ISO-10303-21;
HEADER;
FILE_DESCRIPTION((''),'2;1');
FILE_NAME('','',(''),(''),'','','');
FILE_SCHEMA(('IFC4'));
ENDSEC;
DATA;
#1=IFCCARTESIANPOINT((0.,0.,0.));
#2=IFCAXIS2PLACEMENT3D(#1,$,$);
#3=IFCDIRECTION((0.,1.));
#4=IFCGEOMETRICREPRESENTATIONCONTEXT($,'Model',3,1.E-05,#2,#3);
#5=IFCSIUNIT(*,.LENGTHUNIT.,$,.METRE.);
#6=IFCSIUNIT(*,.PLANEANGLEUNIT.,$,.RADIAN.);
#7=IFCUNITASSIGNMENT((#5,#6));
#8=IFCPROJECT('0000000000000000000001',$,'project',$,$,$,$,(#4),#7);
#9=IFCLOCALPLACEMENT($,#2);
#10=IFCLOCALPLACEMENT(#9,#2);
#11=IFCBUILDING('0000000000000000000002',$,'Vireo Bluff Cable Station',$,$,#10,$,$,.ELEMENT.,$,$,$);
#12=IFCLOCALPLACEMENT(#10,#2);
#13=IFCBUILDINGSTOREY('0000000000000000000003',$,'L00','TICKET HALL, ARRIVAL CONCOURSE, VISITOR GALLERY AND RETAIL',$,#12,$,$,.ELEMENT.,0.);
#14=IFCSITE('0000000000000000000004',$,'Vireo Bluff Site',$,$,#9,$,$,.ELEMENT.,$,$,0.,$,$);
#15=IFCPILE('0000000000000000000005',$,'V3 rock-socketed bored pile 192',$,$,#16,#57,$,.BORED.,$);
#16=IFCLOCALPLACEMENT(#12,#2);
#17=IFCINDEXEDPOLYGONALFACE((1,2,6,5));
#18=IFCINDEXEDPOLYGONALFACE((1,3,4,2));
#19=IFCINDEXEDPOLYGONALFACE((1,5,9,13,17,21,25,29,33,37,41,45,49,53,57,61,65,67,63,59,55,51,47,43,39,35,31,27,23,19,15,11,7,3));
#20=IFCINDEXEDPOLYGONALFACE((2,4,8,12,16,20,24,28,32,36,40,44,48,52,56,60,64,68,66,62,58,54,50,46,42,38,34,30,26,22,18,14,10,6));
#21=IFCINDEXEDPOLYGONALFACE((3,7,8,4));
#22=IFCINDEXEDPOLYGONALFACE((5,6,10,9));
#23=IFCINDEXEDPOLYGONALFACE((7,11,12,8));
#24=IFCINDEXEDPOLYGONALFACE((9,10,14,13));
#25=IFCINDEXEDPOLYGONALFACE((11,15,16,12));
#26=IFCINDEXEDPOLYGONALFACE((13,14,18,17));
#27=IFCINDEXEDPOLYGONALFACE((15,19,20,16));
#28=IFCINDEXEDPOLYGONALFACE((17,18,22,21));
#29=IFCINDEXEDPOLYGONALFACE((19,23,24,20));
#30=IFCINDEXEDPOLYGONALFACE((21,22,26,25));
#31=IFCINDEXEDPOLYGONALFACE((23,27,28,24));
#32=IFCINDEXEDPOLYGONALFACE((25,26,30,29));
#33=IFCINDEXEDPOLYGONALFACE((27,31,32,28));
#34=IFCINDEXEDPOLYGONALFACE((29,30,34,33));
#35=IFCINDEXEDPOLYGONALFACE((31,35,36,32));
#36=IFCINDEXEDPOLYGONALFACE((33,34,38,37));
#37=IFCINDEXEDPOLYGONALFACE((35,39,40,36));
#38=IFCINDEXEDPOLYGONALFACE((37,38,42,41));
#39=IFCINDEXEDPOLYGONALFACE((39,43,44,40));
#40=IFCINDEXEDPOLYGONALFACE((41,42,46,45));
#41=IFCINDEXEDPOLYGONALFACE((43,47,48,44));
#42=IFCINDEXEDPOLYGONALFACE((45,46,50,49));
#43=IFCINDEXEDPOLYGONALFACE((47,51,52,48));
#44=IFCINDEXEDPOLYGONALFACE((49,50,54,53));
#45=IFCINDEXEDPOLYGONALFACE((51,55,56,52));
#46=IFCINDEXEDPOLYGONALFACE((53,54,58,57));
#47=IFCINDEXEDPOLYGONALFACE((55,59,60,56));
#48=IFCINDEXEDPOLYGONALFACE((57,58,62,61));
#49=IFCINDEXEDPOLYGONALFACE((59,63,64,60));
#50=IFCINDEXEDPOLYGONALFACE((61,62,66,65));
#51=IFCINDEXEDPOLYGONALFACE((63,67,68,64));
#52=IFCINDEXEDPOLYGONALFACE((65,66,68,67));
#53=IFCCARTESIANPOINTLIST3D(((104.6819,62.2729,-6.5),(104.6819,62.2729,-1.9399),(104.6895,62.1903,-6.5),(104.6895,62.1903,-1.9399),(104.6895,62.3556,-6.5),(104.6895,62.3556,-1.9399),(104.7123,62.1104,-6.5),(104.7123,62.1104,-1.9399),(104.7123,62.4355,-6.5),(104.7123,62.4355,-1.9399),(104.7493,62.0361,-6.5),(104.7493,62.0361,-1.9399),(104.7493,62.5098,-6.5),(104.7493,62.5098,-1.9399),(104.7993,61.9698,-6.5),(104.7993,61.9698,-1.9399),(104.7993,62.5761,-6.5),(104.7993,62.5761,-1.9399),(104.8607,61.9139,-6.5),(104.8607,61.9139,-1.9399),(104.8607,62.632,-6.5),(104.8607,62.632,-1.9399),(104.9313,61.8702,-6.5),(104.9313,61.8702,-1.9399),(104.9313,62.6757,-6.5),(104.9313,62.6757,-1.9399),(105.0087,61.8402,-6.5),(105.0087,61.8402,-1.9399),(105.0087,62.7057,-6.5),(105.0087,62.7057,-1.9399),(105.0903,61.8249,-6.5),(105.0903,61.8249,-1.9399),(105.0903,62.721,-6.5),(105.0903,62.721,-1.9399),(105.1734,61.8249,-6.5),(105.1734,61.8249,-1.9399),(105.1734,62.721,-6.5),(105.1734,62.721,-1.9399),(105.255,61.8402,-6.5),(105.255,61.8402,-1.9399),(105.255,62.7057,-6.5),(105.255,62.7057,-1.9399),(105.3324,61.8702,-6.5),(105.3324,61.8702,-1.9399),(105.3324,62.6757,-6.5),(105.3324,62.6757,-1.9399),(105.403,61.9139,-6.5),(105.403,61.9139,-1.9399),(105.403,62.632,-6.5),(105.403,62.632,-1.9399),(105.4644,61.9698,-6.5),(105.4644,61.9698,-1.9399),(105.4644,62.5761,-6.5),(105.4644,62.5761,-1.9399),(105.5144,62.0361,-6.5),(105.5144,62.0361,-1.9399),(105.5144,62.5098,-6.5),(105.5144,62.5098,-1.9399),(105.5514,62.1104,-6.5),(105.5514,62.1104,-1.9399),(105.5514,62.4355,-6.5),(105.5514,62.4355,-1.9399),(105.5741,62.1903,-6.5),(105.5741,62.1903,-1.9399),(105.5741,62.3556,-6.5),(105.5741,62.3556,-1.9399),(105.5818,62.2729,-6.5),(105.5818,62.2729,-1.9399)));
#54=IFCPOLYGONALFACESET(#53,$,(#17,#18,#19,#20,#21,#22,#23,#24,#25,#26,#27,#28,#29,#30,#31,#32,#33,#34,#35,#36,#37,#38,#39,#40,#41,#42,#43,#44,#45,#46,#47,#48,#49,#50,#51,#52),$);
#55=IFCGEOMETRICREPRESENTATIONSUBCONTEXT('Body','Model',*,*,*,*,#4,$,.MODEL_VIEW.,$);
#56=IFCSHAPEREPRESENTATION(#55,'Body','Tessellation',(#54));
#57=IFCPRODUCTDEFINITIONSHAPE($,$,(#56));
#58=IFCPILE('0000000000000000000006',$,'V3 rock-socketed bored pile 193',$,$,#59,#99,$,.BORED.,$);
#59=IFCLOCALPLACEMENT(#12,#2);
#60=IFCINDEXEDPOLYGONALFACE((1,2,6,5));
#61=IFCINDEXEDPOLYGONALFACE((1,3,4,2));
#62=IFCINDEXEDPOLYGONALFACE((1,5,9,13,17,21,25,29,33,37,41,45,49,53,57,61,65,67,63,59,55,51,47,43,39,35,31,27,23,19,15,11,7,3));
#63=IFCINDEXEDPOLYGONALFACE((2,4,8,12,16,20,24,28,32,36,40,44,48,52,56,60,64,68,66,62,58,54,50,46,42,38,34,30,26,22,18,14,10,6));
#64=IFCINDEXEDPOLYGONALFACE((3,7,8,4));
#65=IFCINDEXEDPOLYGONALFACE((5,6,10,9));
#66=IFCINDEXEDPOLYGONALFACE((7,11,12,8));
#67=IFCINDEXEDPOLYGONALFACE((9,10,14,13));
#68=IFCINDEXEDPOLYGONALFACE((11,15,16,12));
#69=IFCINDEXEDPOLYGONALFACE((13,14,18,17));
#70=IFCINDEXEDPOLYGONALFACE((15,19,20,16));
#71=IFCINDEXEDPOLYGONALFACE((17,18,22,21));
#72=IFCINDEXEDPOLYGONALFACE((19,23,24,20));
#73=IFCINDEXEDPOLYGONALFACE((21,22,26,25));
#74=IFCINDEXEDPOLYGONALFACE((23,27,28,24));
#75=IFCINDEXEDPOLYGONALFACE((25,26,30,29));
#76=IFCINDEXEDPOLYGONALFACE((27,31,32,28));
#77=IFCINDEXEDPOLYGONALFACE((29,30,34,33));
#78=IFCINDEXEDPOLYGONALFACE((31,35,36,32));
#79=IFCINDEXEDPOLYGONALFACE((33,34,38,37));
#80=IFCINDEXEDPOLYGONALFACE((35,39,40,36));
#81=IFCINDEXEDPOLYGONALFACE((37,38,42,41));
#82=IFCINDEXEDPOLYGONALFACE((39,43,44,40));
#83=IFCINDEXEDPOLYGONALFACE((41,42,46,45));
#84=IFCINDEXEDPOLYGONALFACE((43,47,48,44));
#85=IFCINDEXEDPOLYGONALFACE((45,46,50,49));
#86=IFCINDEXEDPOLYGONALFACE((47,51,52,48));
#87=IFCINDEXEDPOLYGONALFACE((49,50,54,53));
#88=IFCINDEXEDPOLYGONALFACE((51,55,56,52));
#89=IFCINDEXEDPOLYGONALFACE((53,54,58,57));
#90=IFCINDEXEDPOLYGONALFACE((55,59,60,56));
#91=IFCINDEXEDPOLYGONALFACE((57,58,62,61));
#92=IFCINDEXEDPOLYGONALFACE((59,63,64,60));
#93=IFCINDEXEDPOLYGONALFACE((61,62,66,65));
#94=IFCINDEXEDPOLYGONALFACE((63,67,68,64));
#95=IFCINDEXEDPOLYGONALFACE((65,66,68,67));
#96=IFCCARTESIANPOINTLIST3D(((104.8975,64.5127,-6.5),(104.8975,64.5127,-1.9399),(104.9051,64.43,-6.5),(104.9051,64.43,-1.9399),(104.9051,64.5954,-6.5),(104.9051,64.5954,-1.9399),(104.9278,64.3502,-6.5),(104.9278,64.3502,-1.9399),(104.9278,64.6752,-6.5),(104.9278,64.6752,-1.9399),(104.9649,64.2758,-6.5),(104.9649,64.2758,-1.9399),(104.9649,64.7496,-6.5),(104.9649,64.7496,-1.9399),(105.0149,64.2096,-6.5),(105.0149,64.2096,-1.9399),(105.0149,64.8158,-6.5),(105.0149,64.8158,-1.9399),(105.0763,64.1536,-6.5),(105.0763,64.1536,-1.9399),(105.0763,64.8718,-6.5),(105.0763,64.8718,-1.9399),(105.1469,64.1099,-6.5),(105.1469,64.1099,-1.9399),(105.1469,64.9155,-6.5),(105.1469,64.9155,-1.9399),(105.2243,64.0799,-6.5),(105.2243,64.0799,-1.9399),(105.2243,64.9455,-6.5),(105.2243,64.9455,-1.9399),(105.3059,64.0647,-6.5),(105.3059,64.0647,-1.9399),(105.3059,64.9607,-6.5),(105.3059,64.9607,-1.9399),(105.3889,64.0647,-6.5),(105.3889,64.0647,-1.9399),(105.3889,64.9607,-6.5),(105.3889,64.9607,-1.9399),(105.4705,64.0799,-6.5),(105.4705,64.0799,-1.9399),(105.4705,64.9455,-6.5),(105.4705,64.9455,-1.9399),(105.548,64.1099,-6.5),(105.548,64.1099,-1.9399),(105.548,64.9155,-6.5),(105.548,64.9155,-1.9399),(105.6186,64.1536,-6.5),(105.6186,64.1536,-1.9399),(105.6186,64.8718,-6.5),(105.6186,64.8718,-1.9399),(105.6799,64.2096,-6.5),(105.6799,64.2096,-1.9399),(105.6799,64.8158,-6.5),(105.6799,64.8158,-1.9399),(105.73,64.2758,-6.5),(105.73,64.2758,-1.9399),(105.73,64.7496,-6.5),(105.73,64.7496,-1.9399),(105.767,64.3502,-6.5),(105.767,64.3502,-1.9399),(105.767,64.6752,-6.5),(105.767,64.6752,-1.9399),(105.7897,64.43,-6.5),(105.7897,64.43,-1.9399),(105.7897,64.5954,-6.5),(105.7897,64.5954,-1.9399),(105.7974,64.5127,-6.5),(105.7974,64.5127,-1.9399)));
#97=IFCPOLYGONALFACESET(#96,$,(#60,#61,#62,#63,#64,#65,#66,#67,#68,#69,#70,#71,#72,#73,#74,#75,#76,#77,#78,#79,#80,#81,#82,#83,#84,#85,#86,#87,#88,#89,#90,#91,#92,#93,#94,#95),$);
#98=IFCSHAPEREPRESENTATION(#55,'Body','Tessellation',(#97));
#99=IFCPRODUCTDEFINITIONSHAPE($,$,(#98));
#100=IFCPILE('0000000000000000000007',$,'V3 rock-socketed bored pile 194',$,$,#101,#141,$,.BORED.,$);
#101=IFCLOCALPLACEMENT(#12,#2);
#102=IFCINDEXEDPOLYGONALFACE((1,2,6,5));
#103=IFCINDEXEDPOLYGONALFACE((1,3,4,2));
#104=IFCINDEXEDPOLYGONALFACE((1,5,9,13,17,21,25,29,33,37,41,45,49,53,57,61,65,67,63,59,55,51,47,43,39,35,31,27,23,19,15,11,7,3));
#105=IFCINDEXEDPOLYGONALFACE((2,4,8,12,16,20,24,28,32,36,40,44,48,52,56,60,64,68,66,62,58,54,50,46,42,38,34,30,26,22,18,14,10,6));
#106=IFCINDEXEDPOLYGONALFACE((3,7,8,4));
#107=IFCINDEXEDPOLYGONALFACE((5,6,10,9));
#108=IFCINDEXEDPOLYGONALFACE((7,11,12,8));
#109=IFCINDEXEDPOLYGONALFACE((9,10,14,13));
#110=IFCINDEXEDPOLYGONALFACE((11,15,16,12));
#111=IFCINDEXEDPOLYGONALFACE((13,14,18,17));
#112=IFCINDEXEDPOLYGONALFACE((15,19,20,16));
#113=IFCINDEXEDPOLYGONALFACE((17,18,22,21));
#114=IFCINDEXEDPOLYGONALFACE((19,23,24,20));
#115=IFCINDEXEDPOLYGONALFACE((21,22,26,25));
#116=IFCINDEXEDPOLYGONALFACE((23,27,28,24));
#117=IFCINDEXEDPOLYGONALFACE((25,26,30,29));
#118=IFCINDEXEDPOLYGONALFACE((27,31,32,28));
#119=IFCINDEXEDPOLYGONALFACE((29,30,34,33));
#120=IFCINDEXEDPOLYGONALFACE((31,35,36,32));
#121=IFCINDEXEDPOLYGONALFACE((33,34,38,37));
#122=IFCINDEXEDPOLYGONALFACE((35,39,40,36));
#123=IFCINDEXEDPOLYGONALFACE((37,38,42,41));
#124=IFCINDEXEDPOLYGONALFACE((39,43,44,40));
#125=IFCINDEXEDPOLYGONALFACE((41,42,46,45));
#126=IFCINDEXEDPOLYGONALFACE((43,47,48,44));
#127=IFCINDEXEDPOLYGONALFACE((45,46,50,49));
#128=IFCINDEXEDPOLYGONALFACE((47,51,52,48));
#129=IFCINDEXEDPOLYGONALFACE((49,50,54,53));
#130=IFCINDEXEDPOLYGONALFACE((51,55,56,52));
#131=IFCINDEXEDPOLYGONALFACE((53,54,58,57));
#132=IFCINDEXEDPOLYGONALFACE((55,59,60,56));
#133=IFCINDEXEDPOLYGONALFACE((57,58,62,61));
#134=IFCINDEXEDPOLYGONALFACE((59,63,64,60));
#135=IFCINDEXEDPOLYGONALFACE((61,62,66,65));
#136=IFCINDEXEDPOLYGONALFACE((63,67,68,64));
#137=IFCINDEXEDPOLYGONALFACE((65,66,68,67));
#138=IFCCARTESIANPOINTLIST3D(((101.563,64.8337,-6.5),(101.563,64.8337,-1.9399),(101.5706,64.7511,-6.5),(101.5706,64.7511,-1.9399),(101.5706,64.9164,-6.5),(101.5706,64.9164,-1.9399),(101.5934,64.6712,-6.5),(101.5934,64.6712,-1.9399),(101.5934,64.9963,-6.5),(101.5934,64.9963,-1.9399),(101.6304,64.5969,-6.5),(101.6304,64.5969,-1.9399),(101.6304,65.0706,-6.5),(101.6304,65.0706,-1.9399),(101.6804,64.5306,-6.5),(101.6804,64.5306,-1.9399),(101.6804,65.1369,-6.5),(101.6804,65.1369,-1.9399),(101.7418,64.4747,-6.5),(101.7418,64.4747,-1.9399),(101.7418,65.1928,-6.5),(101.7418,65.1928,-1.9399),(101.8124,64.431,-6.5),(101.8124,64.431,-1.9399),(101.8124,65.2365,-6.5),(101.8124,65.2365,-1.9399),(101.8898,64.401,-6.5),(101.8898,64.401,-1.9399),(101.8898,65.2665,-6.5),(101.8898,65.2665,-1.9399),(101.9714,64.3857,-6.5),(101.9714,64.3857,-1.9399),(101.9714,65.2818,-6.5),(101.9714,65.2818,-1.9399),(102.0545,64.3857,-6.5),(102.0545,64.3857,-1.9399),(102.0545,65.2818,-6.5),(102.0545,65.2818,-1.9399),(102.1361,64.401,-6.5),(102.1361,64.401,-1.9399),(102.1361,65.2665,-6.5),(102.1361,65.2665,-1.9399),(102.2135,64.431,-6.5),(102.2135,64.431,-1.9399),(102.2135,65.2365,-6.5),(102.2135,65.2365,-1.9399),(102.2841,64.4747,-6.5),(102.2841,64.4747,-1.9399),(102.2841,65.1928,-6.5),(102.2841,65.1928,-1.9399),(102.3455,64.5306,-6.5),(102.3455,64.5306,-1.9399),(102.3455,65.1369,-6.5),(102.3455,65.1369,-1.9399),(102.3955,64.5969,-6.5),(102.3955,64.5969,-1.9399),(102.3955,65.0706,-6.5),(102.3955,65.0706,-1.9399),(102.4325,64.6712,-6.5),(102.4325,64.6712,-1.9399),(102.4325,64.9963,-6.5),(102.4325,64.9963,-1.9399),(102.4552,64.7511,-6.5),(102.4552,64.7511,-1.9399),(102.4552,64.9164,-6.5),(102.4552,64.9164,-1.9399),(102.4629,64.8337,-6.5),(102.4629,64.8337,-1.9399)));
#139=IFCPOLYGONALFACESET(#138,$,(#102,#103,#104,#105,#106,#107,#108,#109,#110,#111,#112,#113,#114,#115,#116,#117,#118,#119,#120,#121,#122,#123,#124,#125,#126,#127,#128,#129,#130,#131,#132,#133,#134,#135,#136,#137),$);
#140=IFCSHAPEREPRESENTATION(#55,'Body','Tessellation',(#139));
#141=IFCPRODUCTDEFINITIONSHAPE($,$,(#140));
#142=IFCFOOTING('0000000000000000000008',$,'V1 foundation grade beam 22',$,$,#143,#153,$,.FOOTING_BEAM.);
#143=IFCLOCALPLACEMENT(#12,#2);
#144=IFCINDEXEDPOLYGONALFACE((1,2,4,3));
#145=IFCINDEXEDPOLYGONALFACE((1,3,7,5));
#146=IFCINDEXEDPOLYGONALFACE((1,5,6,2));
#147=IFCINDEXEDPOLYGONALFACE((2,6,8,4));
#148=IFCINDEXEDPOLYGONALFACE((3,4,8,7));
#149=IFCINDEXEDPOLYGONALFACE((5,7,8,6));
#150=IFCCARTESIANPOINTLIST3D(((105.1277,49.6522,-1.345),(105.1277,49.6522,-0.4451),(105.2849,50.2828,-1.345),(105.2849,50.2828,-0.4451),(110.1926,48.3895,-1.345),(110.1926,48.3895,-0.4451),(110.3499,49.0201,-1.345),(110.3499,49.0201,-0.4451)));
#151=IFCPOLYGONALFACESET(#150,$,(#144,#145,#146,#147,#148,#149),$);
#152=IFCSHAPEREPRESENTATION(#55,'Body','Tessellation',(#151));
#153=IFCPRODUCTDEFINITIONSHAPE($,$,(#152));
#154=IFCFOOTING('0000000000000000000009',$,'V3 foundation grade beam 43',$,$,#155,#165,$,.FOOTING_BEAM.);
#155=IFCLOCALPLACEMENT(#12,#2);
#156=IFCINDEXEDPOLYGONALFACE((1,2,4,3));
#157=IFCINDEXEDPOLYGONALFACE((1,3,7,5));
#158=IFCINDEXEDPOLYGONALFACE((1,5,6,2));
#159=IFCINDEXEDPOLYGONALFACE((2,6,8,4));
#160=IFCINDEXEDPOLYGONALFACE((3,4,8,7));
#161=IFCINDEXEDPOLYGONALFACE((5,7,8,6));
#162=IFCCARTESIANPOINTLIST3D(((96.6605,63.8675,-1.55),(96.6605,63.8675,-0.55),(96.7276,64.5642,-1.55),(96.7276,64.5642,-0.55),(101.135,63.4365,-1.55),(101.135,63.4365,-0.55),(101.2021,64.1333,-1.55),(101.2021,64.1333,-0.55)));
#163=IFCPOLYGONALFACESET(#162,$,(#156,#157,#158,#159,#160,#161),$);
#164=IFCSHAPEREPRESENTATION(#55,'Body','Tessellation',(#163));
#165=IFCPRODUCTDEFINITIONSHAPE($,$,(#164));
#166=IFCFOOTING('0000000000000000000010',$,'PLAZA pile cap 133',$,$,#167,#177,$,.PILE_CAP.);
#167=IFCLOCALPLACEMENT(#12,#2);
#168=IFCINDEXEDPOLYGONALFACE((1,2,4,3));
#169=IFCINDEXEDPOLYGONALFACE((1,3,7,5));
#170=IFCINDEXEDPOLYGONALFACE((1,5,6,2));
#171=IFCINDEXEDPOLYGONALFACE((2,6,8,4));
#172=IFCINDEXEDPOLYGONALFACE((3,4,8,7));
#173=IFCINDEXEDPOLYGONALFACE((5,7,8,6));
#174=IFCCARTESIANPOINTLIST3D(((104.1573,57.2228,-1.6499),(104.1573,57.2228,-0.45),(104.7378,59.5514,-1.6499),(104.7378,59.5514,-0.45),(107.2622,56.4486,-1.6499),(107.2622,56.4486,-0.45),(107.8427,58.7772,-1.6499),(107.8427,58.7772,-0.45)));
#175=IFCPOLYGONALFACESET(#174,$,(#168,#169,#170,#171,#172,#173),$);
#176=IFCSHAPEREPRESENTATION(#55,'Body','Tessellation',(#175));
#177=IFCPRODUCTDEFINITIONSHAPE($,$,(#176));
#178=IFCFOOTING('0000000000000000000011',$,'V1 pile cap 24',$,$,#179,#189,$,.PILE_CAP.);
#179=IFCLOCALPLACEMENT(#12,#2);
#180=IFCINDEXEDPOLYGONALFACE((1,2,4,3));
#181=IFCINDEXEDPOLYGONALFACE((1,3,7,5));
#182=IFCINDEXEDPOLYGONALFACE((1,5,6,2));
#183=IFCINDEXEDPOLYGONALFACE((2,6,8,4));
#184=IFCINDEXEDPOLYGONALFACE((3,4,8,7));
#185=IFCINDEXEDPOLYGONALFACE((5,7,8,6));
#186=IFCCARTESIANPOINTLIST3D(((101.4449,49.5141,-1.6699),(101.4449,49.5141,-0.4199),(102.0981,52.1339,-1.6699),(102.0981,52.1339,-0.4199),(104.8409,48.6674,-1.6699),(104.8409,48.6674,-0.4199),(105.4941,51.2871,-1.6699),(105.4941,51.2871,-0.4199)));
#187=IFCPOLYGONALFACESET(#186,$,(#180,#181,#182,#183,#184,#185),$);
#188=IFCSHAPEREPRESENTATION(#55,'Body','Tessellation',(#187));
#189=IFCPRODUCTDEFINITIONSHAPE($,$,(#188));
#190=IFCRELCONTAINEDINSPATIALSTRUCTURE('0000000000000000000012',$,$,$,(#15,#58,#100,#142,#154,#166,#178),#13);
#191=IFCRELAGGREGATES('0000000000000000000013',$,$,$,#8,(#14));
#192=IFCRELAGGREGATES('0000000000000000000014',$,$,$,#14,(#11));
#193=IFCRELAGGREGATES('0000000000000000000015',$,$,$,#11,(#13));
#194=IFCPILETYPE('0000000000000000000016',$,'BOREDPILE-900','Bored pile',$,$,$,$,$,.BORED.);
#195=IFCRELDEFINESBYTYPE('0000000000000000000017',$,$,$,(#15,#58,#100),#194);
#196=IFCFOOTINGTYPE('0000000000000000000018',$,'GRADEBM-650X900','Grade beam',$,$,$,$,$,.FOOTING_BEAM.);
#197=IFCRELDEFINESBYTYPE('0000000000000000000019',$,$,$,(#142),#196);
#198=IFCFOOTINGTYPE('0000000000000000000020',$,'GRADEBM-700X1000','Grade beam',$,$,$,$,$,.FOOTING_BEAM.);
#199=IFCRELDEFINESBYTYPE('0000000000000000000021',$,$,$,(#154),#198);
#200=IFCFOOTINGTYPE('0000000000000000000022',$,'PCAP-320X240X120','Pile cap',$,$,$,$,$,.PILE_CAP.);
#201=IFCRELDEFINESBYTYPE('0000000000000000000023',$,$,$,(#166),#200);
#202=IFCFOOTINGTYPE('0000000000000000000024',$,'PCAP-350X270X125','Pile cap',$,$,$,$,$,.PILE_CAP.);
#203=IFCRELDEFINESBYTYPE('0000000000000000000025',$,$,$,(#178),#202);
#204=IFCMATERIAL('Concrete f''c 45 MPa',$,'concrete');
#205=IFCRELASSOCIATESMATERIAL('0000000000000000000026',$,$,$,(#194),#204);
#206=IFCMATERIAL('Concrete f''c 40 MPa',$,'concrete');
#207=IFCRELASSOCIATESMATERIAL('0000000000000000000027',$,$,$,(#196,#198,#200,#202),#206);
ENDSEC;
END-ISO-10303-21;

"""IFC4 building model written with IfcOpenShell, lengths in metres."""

from ifc_helpers import new_model, si_unit, direction, frame, origin, origin_2d, place, context, subcontext, project, spatial, rectangle, circle, extrude, material, material_profile, profile_set, type_object, element, save


model = new_model("IFC4")

# Units and contexts
model_context = context("Model", 3, precision=1e-05, world=origin(), true_north=direction((0.0, 1.0)))
body_context = subcontext(model_context, "Body", "Model", "MODEL_VIEW")
ifc_project = project(units=[si_unit("LENGTHUNIT", "METRE"), si_unit("PLANEANGLEUNIT", "RADIAN")], contexts=[model_context])

# Site, building, storey
site_placement = place(None, origin())
site = spatial("IfcSite", under=ifc_project, at=site_placement, Name="Vireo Bluff Site", CompositionType="ELEMENT", RefElevation=0.0)
building_placement = place(site_placement, origin())
building = spatial("IfcBuilding", under=site, at=building_placement, Name="Vireo Bluff Cable Station", CompositionType="ELEMENT")
storey_placement = place(building_placement, origin())
storey = spatial("IfcBuildingStorey", under=building, at=storey_placement, Name="L00", Description="TICKET HALL, ARRIVAL CONCOURSE, VISITOR GALLERY AND RETAIL", CompositionType="ELEMENT", Elevation=0.0)

# Piles
ifc_material_1 = material(Name="Concrete f'c 45 MPa", Category="concrete")
ifc_material_profile_1 = material_profile(ifc_material_1, circle(Radius=0.45, at=origin_2d()), Name="BOREDPILE-900")
ifc_profile_set_1 = profile_set([ifc_material_profile_1], Name="Concrete f'c 45 MPa")
pile_type_1 = type_object("IfcPileType", Name="BOREDPILE-900", Description="Bored pile", PredefinedType="BORED", material=ifc_profile_set_1)
for number, where, z_axis, x_axis, name in (
    (1, (105.1318, 62.2729, -1.9399), (0.0, 0.0, -1.0), (1.0, 0.0, 0.0), "V3 rock-socketed bored pile 192"),
    (2, (105.3474, 64.5127, -1.9399), (0.0, 0.0, -1.0), (1.0, 0.0, 0.0), "V3 rock-socketed bored pile 193"),
    (3, (102.0129, 64.8337, -1.9399), (0.0, 0.0, -1.0), (1.0, 0.0, 0.0), "V3 rock-socketed bored pile 194"),
):
    element("IfcPile", number, at=place(storey_placement, frame(where, z_axis=z_axis, x_axis=x_axis)), inside=storey, type_object=pile_type_1, Name=name, PredefinedType="BORED", context=body_context, shape_type="SweptSolid", body=[
        extrude(circle(Radius=0.45, at=origin_2d()), origin(), (0.0, 0.0, 1.0), 4.5601),
    ])

# Footings
ifc_material_2 = material(Name="Concrete f'c 40 MPa", Category="concrete")
ifc_material_profile_2 = material_profile(ifc_material_2, rectangle(XDim=0.6499, YDim=0.8999, at=origin_2d()), Name="GRADEBM-650X900")
ifc_profile_set_2 = profile_set([ifc_material_profile_2], Name="Concrete f'c 40 MPa")
footing_type_1 = type_object("IfcFootingType", Name="GRADEBM-650X900", Description="Grade beam", PredefinedType="FOOTING_BEAM", material=ifc_profile_set_2)
footing_1_placement = place(storey_placement, frame((105.2063, 49.9675, -0.895), z_axis=(0.970302, -0.241897, 0.0), x_axis=(0.241897, 0.970302, 0.0)))
element("IfcFooting", 4, at=footing_1_placement, inside=storey, type_object=footing_type_1, Name="V1 foundation grade beam 22", PredefinedType="FOOTING_BEAM", context=body_context, shape_type="SweptSolid", body=[
    extrude(rectangle(XDim=0.6499, YDim=0.8999, at=origin_2d()), origin(), (0.0, 0.0, 1.0), 5.22),
])
ifc_material_profile_3 = material_profile(ifc_material_2, rectangle(XDim=0.7, YDim=1.0, at=origin_2d()), Name="GRADEBM-700X1000")
ifc_profile_set_3 = profile_set([ifc_material_profile_3], Name="Concrete f'c 40 MPa")
footing_type_2 = type_object("IfcFootingType", Name="GRADEBM-700X1000", Description="Grade beam", PredefinedType="FOOTING_BEAM", material=ifc_profile_set_3)
footing_2_placement = place(storey_placement, frame((96.6941, 64.2158, -1.05), z_axis=(0.995395, -0.095862, 0.0), x_axis=(0.095862, 0.995395, 0.0)))
element("IfcFooting", 5, at=footing_2_placement, inside=storey, type_object=footing_type_2, Name="V3 foundation grade beam 43", PredefinedType="FOOTING_BEAM", context=body_context, shape_type="SweptSolid", body=[
    extrude(rectangle(XDim=0.7, YDim=1.0, at=origin_2d()), origin(), (0.0, 0.0, 1.0), 4.4951),
])
footing_type_3 = type_object("IfcFootingType", Name="PCAP-320X240X120", Description="Pile cap", PredefinedType="PILE_CAP", material=ifc_material_2)
footing_3_placement = place(storey_placement, frame((106.0, 58.0, -1.6499), z_axis=(0.0, 0.0, 1.0), x_axis=(0.970296, -0.241922, 0.0)))
element("IfcFooting", 6, at=footing_3_placement, inside=storey, type_object=footing_type_3, Name="PLAZA pile cap 133", PredefinedType="PILE_CAP", context=body_context, shape_type="SweptSolid", body=[
    extrude(rectangle(XDim=3.2, YDim=2.3999, at=origin_2d()), origin(), (0.0, 0.0, 1.0), 1.2),
])
footing_type_4 = type_object("IfcFootingType", Name="PCAP-350X270X125", Description="Pile cap", PredefinedType="PILE_CAP", material=ifc_material_2)
footing_4_placement = place(storey_placement, frame((103.4695, 50.4006, -1.6699), z_axis=(0.0, 0.0, 1.0), x_axis=(0.970296, -0.241922, 0.0)))
element("IfcFooting", 7, at=footing_4_placement, inside=storey, type_object=footing_type_4, Name="V1 pile cap 24", PredefinedType="PILE_CAP", context=body_context, shape_type="SweptSolid", body=[
    extrude(rectangle(XDim=3.5, YDim=2.7, at=origin_2d()), origin(), (0.0, 0.0, 1.0), 1.25),
])

save(model, "model.ifc")
